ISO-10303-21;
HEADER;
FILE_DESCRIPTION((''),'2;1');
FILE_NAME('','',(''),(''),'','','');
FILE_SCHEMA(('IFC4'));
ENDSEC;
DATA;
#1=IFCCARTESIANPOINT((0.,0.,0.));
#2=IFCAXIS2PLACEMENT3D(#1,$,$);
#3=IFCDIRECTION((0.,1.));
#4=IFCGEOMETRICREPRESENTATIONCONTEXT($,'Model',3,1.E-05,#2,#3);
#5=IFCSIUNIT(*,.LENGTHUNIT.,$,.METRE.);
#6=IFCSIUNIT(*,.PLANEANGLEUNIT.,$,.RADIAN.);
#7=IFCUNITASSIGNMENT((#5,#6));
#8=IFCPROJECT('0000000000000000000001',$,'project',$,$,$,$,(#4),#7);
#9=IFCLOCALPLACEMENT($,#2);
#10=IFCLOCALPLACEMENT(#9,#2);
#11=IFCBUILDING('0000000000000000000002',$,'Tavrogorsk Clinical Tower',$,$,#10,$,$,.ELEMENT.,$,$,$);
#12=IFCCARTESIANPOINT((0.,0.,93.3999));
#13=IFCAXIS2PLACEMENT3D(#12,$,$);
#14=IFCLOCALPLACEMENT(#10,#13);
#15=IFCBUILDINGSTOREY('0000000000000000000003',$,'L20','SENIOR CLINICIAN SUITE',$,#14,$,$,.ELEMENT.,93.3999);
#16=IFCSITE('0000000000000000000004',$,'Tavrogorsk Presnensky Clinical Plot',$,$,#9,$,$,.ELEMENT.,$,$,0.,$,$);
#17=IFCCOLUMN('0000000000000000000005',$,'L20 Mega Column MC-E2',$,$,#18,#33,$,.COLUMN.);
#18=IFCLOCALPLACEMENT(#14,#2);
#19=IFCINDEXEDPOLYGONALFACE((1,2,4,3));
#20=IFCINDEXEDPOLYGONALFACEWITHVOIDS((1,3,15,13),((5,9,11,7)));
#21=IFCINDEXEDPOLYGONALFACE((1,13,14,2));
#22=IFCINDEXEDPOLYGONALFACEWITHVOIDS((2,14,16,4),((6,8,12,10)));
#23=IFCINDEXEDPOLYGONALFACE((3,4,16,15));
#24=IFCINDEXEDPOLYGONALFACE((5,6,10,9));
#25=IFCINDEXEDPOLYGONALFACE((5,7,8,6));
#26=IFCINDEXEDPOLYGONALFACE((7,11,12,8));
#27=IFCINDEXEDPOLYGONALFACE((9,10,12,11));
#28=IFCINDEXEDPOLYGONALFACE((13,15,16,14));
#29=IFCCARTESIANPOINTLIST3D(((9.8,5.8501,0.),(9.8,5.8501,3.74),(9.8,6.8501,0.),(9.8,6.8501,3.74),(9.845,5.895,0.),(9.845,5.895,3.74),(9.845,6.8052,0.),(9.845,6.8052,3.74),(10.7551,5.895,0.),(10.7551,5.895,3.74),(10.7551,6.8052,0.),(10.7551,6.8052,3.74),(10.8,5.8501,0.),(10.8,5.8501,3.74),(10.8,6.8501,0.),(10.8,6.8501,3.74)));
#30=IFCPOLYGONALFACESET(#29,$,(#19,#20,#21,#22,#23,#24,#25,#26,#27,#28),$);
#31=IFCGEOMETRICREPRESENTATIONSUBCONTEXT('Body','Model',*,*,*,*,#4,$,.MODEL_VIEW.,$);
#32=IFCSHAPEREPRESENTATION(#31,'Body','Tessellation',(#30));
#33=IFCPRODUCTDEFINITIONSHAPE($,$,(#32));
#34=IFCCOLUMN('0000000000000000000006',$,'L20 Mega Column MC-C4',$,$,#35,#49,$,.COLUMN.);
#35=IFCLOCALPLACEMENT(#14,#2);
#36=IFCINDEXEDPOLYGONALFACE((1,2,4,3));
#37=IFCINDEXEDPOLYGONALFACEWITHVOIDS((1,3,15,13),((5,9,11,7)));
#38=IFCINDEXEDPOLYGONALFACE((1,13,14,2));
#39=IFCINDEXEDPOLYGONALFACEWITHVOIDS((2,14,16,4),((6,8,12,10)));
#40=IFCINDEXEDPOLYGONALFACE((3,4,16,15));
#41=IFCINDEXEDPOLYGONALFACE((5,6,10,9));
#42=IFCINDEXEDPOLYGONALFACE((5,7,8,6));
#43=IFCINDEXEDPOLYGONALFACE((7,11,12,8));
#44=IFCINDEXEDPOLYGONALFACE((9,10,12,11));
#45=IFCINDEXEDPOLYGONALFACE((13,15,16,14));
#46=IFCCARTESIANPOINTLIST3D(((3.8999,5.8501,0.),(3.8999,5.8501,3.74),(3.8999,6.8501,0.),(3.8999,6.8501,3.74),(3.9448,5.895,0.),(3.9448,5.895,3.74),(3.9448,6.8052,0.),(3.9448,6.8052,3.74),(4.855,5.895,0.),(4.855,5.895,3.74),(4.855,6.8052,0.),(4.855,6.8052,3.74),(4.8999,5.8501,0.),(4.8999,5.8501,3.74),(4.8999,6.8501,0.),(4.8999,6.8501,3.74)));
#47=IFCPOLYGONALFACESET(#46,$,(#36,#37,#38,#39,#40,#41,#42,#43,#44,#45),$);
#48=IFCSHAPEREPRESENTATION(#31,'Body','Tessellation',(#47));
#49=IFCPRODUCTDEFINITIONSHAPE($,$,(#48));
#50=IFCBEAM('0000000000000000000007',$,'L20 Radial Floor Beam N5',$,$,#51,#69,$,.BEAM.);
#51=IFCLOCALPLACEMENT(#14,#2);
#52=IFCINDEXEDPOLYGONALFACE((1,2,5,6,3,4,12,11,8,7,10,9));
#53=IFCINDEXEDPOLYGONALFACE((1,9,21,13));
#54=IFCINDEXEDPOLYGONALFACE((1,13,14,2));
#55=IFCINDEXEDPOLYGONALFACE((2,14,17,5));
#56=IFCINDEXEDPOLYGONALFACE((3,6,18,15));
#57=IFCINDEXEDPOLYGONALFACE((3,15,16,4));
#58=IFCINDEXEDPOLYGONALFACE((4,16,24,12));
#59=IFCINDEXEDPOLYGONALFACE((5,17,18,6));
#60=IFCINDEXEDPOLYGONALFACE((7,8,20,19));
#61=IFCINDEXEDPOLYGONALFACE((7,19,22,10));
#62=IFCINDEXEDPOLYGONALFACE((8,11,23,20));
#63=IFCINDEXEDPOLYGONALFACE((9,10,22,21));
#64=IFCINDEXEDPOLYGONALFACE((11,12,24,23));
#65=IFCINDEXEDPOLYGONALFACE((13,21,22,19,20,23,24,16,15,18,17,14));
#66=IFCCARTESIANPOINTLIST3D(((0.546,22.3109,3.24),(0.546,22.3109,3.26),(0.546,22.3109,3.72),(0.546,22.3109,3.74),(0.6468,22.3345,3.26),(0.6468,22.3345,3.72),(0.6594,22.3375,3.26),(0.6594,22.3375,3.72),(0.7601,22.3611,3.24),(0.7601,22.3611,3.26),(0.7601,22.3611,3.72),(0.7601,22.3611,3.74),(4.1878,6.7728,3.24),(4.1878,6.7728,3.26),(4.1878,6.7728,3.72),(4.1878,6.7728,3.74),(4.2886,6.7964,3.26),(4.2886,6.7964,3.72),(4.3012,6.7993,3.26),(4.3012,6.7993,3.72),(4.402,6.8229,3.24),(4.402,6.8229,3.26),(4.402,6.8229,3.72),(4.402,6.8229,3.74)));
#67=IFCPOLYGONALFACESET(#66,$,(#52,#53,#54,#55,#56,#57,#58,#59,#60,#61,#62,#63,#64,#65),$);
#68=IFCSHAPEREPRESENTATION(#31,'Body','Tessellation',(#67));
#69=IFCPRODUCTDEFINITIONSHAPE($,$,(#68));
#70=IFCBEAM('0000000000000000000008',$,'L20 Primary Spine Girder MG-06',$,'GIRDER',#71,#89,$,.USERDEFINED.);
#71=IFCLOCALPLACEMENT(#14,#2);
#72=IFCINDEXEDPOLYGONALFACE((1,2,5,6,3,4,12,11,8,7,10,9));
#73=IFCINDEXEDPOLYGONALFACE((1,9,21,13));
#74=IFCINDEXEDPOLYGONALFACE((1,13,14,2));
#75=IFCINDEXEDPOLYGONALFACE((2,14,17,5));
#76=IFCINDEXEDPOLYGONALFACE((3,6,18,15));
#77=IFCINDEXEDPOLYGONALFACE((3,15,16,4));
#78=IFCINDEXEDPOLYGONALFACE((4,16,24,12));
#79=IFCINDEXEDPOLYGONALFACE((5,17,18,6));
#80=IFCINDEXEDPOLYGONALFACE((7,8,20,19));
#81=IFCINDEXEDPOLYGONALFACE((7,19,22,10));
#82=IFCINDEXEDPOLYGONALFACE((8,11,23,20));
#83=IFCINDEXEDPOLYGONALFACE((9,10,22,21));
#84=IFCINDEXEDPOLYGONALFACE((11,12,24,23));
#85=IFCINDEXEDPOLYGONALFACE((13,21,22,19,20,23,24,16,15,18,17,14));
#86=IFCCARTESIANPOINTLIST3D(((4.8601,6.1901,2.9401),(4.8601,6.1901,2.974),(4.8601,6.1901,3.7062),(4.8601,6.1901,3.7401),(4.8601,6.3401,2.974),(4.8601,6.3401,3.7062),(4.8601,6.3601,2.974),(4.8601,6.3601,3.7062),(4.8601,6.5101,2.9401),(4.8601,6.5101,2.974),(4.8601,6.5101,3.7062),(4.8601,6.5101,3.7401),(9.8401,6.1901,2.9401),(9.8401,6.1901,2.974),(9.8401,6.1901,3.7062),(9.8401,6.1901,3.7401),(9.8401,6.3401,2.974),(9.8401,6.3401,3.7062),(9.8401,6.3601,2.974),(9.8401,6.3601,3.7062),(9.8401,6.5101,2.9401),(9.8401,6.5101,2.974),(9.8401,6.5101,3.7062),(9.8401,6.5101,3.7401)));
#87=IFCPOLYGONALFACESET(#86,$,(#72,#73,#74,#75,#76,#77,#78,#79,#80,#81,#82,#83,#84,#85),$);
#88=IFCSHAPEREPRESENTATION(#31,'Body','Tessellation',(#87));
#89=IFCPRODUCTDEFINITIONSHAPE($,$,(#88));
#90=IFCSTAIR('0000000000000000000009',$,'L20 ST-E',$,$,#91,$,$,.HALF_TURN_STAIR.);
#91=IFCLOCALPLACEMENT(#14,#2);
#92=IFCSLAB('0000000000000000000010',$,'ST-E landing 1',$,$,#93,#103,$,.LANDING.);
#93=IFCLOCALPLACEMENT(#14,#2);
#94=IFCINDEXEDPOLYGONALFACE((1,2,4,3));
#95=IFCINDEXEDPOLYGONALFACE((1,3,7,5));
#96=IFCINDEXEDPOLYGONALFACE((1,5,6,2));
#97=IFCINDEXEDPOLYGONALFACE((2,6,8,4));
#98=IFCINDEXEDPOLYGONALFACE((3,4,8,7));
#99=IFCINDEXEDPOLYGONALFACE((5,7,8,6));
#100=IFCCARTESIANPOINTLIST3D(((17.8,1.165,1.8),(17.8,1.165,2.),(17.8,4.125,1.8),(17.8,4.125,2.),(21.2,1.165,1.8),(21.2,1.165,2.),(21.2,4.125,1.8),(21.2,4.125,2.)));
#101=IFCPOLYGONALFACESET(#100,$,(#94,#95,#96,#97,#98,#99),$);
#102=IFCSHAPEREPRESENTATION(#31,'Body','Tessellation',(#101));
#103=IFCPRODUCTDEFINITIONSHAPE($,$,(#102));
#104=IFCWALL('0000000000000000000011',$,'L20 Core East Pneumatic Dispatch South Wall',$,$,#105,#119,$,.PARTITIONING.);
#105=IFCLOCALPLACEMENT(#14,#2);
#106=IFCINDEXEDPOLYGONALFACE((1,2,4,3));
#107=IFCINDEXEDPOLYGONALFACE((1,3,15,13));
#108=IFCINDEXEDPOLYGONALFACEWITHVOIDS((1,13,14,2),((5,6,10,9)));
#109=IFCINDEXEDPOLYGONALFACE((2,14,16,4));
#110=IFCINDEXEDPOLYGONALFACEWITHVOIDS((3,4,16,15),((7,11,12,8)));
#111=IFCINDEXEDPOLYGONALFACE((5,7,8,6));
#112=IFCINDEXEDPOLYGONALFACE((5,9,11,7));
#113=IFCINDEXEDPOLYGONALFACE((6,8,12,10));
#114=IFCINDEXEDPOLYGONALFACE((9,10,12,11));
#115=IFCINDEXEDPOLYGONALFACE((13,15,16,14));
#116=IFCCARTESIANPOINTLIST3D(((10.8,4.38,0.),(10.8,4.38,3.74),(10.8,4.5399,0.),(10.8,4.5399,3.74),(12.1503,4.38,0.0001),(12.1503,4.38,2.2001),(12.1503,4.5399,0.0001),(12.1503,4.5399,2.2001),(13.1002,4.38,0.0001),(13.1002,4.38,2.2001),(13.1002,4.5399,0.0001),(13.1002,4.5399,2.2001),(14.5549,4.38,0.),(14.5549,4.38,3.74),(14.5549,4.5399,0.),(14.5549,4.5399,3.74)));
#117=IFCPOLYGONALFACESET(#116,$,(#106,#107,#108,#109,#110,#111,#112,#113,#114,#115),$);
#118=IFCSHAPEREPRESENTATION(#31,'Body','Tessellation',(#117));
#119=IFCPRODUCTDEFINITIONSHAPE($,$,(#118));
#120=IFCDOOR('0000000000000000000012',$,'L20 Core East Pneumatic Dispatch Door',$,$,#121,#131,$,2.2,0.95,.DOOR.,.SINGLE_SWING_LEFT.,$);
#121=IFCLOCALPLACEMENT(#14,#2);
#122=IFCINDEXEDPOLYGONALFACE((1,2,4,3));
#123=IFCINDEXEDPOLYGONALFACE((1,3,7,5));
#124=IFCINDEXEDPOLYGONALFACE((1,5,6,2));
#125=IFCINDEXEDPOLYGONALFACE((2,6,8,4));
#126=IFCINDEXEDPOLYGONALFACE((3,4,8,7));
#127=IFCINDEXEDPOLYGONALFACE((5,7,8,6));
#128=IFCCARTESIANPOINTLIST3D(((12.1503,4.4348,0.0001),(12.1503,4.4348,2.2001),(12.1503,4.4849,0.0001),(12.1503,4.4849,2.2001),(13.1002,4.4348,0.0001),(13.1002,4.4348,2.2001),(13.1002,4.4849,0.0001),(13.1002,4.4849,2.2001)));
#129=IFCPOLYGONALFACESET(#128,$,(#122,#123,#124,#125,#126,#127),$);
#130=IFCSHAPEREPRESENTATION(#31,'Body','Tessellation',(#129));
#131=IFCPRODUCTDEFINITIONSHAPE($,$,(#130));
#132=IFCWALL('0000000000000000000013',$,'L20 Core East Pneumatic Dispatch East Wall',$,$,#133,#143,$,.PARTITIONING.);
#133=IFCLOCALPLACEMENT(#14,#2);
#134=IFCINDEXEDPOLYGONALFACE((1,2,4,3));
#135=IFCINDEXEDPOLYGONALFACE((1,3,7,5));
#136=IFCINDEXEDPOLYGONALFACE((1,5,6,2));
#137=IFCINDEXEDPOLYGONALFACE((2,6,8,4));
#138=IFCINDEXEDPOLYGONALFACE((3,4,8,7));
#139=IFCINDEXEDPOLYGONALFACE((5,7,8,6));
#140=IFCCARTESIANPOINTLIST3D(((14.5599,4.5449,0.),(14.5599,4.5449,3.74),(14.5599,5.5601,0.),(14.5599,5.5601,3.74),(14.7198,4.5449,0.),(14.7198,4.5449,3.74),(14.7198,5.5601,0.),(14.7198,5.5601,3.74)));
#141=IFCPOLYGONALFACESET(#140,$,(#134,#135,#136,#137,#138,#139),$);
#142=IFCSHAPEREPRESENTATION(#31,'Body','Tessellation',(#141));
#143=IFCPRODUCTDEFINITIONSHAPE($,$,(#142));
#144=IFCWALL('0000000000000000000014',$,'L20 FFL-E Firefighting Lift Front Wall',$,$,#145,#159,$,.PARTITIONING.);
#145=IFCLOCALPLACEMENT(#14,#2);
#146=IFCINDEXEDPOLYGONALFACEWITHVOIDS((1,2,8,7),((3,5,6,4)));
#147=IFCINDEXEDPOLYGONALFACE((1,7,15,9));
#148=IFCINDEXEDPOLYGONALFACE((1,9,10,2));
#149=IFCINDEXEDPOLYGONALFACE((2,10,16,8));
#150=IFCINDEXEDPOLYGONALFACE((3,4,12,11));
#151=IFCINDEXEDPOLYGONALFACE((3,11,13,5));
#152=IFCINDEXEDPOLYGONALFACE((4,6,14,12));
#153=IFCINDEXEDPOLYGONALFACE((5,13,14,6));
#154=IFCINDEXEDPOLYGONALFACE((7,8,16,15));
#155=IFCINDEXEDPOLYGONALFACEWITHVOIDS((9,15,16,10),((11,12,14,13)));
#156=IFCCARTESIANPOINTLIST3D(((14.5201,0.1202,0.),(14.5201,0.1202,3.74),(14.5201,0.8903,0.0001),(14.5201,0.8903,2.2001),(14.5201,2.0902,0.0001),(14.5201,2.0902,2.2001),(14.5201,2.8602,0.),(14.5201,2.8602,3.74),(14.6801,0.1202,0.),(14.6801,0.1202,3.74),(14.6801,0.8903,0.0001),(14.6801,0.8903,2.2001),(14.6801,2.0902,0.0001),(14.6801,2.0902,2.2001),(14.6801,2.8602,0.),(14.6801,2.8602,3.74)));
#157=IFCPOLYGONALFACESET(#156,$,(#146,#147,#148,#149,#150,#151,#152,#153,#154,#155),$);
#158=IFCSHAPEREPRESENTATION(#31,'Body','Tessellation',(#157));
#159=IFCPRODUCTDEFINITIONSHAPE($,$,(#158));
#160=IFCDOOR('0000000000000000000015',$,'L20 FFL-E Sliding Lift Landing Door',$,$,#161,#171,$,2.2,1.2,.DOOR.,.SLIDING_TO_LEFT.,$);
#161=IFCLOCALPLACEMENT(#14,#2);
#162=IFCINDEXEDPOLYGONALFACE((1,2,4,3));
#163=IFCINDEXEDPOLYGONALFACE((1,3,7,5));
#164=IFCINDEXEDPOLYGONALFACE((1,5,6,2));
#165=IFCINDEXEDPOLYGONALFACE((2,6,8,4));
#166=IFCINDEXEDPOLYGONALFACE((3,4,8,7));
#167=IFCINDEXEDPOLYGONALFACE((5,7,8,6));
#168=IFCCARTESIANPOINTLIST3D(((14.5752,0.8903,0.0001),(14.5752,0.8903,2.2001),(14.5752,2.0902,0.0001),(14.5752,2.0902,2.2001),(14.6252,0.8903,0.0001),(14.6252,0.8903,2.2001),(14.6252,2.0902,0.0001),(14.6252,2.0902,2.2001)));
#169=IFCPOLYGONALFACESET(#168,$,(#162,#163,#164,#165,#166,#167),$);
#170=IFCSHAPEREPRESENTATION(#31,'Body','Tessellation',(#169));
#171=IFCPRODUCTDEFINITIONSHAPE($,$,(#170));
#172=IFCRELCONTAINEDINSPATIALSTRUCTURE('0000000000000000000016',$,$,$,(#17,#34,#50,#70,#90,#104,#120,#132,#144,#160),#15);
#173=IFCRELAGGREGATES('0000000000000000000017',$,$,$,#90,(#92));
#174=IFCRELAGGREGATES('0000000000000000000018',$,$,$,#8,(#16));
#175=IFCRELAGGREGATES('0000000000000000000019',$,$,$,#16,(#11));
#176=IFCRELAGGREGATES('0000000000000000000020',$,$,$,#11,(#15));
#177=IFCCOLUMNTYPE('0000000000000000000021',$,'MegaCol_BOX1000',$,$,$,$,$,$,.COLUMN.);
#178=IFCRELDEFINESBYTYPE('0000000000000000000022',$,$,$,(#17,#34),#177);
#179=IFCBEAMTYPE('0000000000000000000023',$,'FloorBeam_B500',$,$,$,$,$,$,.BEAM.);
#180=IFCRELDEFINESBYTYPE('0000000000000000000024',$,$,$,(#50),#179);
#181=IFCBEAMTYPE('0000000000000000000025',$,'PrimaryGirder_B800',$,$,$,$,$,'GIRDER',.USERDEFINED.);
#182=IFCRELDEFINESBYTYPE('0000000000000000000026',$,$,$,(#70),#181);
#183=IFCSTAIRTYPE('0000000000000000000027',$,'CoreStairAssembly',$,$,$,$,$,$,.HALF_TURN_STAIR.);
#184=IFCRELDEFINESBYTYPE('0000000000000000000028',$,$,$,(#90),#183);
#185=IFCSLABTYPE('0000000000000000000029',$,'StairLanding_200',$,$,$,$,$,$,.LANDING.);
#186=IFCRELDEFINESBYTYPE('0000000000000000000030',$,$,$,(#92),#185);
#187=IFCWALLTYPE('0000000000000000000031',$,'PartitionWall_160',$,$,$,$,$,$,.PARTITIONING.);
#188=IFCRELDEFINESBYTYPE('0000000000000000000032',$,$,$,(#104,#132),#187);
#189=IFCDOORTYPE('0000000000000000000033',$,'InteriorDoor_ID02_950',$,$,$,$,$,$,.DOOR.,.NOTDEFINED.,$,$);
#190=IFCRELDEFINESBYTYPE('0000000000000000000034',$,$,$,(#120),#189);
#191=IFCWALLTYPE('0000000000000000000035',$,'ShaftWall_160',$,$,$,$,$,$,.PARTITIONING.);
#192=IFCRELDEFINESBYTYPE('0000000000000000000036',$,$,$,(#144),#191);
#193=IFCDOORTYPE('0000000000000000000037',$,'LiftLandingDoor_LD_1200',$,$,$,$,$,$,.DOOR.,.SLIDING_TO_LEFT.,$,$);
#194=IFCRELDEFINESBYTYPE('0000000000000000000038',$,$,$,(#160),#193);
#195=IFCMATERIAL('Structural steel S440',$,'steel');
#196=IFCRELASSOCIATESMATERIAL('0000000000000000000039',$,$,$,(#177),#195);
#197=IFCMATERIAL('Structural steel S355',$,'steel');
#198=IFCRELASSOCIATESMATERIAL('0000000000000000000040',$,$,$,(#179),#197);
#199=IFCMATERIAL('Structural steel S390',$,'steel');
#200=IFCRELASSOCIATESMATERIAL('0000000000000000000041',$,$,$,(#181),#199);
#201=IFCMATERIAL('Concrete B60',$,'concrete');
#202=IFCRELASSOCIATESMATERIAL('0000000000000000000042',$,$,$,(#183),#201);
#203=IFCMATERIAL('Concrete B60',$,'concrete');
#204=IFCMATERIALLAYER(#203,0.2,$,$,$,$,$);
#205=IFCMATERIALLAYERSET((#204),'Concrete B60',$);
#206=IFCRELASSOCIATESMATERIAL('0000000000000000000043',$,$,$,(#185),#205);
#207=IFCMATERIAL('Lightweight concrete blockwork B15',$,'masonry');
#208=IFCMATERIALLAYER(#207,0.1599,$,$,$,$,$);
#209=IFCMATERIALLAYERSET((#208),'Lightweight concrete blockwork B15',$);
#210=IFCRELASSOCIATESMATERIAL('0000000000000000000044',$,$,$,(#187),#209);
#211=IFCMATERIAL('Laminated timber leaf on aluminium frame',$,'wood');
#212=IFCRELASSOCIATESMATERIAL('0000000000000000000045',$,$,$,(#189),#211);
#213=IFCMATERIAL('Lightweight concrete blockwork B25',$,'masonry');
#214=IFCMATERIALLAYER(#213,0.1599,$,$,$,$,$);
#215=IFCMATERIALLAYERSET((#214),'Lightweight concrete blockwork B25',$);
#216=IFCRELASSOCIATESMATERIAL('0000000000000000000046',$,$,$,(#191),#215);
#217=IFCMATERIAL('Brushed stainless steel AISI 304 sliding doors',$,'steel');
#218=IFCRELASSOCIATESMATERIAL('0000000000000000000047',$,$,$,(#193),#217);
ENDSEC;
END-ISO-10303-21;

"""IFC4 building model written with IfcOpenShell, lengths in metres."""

from ifc_helpers import new_model, si_unit, direction, frame, frame_2d, origin, origin_2d, place, context, subcontext, project, spatial, polyline, rectangle, hollow_rectangle, i_section, outline, extrude, material, layer, layer_set, material_profile, profile_set, type_object, element, fill, aggregate, save


model = new_model("IFC4")

# Units and contexts
model_context = context("Model", 3, precision=1e-05, world=origin(), true_north=direction((0.0, 1.0)))
body_context = subcontext(model_context, "Body", "Model", "MODEL_VIEW")
ifc_project = project(units=[si_unit("LENGTHUNIT", "METRE"), si_unit("PLANEANGLEUNIT", "RADIAN")], contexts=[model_context])

# Site, building, storey
site_placement = place(None, origin())
site = spatial("IfcSite", under=ifc_project, at=site_placement, Name="Tavrogorsk Presnensky Clinical Plot", CompositionType="ELEMENT", RefElevation=0.0)
building_placement = place(site_placement, origin())
building = spatial("IfcBuilding", under=site, at=building_placement, Name="Tavrogorsk Clinical Tower", CompositionType="ELEMENT")
storey_placement = place(building_placement, frame((0.0, 0.0, 93.3999)))
storey = spatial("IfcBuildingStorey", under=building, at=storey_placement, Name="L20", Description="SENIOR CLINICIAN SUITE", CompositionType="ELEMENT", Elevation=93.3999)

# Columns
ifc_material_1 = material(Name="Structural steel S440", Category="steel")
ifc_material_profile_1 = material_profile(ifc_material_1, hollow_rectangle(XDim=1.0, YDim=1.0, WallThickness=0.0449, at=origin_2d()), Name="BOX-1000x1000x45")
ifc_profile_set_1 = profile_set([ifc_material_profile_1], Name="Structural steel S440")
column_type = type_object("IfcColumnType", Name="MegaCol_BOX1000", PredefinedType="COLUMN", material=ifc_profile_set_1)
for number, where, z_axis, x_axis, name in (
    (1, (10.3, 6.3501, 0.0), (0.0, 0.0, 1.0), (1.0, 0.0, 0.0), "L20 Mega Column MC-E2"),
    (2, (4.3999, 6.3501, 0.0), (0.0, 0.0, 1.0), (1.0, 0.0, 0.0), "L20 Mega Column MC-C4"),
):
    element("IfcColumn", number, at=place(storey_placement, frame(where, z_axis=z_axis, x_axis=x_axis)), inside=storey, type_object=column_type, Name=name, PredefinedType="COLUMN", context=body_context, shape_type="SweptSolid", body=[
        extrude(hollow_rectangle(XDim=1.0, YDim=1.0, WallThickness=0.0449, at=origin_2d()), origin(), (0.0, 0.0, 1.0), 3.74),
    ])

# Beams
ifc_material_2 = material(Name="Structural steel S355", Category="steel")
ifc_material_profile_2 = material_profile(ifc_material_2, i_section(OverallWidth=0.22, OverallDepth=0.5, WebThickness=0.0129, FlangeThickness=0.02, at=origin_2d()), Name="B-500x220x13x20")
ifc_profile_set_2 = profile_set([ifc_material_profile_2], Name="Structural steel S355")
beam_type_1 = type_object("IfcBeamType", Name="FloorBeam_B500", PredefinedType="BEAM", material=ifc_profile_set_2)
beam_1_placement = place(storey_placement, frame((4.2949, 6.7979, 3.49), z_axis=(-0.228198, 0.973615, 0.0), x_axis=(-0.973615, -0.228198, 0.0)))
element("IfcBeam", 3, at=beam_1_placement, inside=storey, type_object=beam_type_1, Name="L20 Radial Floor Beam N5", PredefinedType="BEAM", context=body_context, shape_type="SweptSolid", body=[
    extrude(i_section(OverallWidth=0.22, OverallDepth=0.5, WebThickness=0.0129, FlangeThickness=0.02, at=origin_2d()), origin(), (0.0, 0.0, 1.0), 15.9592),
])
ifc_material_3 = material(Name="Structural steel S390", Category="steel")
ifc_material_profile_3 = material_profile(ifc_material_3, i_section(OverallWidth=0.3201, OverallDepth=0.8, WebThickness=0.02, FlangeThickness=0.0339, at=origin_2d()), Name="B-800x320x20x34")
ifc_profile_set_3 = profile_set([ifc_material_profile_3], Name="Structural steel S390")
beam_type_2 = type_object("IfcBeamType", Name="PrimaryGirder_B800", ElementType="GIRDER", PredefinedType="USERDEFINED", material=ifc_profile_set_3)
beam_2_placement = place(storey_placement, frame((4.8601, 6.3501, 3.3401), z_axis=(1.0, 0.0, 0.0), x_axis=(0.0, 1.0, 0.0)))
element("IfcBeam", 4, at=beam_2_placement, inside=storey, type_object=beam_type_2, Name="L20 Primary Spine Girder MG-06", ObjectType="GIRDER", PredefinedType="USERDEFINED", context=body_context, shape_type="SweptSolid", body=[
    extrude(i_section(OverallWidth=0.3201, OverallDepth=0.8, WebThickness=0.02, FlangeThickness=0.0339, at=origin_2d()), origin(), (0.0, 0.0, 1.0), 4.98),
])

# Stair, slab
ifc_material_4 = material(Name="Concrete B60", Category="concrete")
stair_type = type_object("IfcStairType", Name="CoreStairAssembly", PredefinedType="HALF_TURN_STAIR", material=ifc_material_4)
stair_placement = place(storey_placement, origin())
stair = element("IfcStair", 5, at=stair_placement, inside=storey, type_object=stair_type, Name="L20 ST-E", PredefinedType="HALF_TURN_STAIR")
ifc_material_5 = material(Name="Concrete B60", Category="concrete")
ifc_layer_1 = layer(ifc_material_5, 0.2)
ifc_layer_set_1 = layer_set([ifc_layer_1], Name="Concrete B60")
slab_type = type_object("IfcSlabType", Name="StairLanding_200", PredefinedType="LANDING", material=ifc_layer_set_1)
slab_placement = place(storey_placement, frame((0.0, 0.0, 1.8)))
slab = element("IfcSlab", 6, at=slab_placement, type_object=slab_type, Name="ST-E landing 1", PredefinedType="LANDING", context=body_context, shape_type="SweptSolid", body=[
    extrude(outline(polyline([(21.2, 1.165), (21.2, 4.125), (17.8, 4.125), (17.8, 1.165), (21.2, 1.165)])), origin(), (0.0, 0.0, 1.0), 0.2),
])
aggregate(stair, [slab])

# Wall, opening, door
ifc_material_6 = material(Name="Lightweight concrete blockwork B15", Category="masonry")
ifc_layer_2 = layer(ifc_material_6, 0.1599)
ifc_layer_set_2 = layer_set([ifc_layer_2], Name="Lightweight concrete blockwork B15")
wall_type_1 = type_object("IfcWallType", Name="PartitionWall_160", PredefinedType="PARTITIONING", material=ifc_layer_set_2)
wall_1_placement = place(storey_placement, frame((10.8, 4.46, 0.0), z_axis=(0.0, 0.0, 1.0), x_axis=(1.0, 0.0, 0.0)))
wall_1 = element("IfcWall", 7, at=wall_1_placement, inside=storey, type_object=wall_type_1, Name="L20 Core East Pneumatic Dispatch South Wall", PredefinedType="PARTITIONING", context=body_context, shape_type="SweptSolid", body=[
    extrude(rectangle(XDim=3.7549, YDim=0.1599, at=frame_2d((1.8774, 0.0))), origin(), (0.0, 0.0, 1.0), 3.74),
])
opening_1_placement = place(wall_1_placement, frame((1.3501, 0.0, 0.0)))
opening_1 = element("IfcOpeningElement", 8, at=opening_1_placement, cuts=wall_1, PredefinedType="OPENING", context=body_context, shape_type="SweptSolid", body=[
    extrude(rectangle(XDim=0.95, YDim=2.2, at=frame_2d((0.4751, 1.1001))), frame((0.0, 0.0898, 0.0), z_axis=(0.0, -1.0, 0.0), x_axis=(1.0, 0.0, 0.0)), (0.0, 0.0, 1.0), 0.1799),
])
ifc_material_7 = material(Name="Laminated timber leaf on aluminium frame", Category="wood")
door_type_1 = type_object("IfcDoorType", Name="InteriorDoor_ID02_950", OperationType="NOTDEFINED", PredefinedType="DOOR", material=ifc_material_7)
door_1_placement = place(opening_1_placement, origin())
door_1 = element("IfcDoor", 9, at=door_1_placement, inside=storey, type_object=door_type_1, Name="L20 Core East Pneumatic Dispatch Door", OperationType="SINGLE_SWING_LEFT", OverallHeight=2.2, OverallWidth=0.95, PredefinedType="DOOR", context=body_context, shape_type="SweptSolid", body=[
    extrude(rectangle(XDim=0.95, YDim=2.2, at=frame_2d((0.4751, 1.1001))), frame((0.0, 0.0249, 0.0), z_axis=(0.0, -1.0, 0.0), x_axis=(1.0, 0.0, 0.0)), (0.0, 0.0, 1.0), 0.05),
])
fill(opening_1, door_1)

# Wall
wall_2_placement = place(storey_placement, frame((14.6399, 4.5449, 0.0), z_axis=(0.0, 0.0, 1.0), x_axis=(0.0, 1.0, 0.0)))
element("IfcWall", 10, at=wall_2_placement, inside=storey, type_object=wall_type_1, Name="L20 Core East Pneumatic Dispatch East Wall", PredefinedType="PARTITIONING", context=body_context, shape_type="SweptSolid", body=[
    extrude(rectangle(XDim=1.0151, YDim=0.1599, at=frame_2d((0.5076, 0.0))), origin(), (0.0, 0.0, 1.0), 3.74),
])

# Wall, opening, door
ifc_material_8 = material(Name="Lightweight concrete blockwork B25", Category="masonry")
ifc_layer_3 = layer(ifc_material_8, 0.1599)
ifc_layer_set_3 = layer_set([ifc_layer_3], Name="Lightweight concrete blockwork B25")
wall_type_2 = type_object("IfcWallType", Name="ShaftWall_160", PredefinedType="PARTITIONING", material=ifc_layer_set_3)
wall_3_placement = place(storey_placement, frame((14.6001, 0.1201, 0.0), z_axis=(0.0, 0.0, 1.0), x_axis=(0.0, 1.0, 0.0)))
wall_3 = element("IfcWall", 11, at=wall_3_placement, inside=storey, type_object=wall_type_2, Name="L20 FFL-E Firefighting Lift Front Wall", PredefinedType="PARTITIONING", context=body_context, shape_type="SweptSolid", body=[
    extrude(rectangle(XDim=2.74, YDim=0.1599, at=frame_2d((1.3701, 0.0))), origin(), (0.0, 0.0, 1.0), 3.74),
])
opening_2_placement = place(wall_3_placement, frame((0.77, 0.0, 0.0)))
opening_2 = element("IfcOpeningElement", 12, at=opening_2_placement, cuts=wall_3, PredefinedType="OPENING", context=body_context, shape_type="SweptSolid", body=[
    extrude(rectangle(XDim=1.2, YDim=2.2, at=frame_2d((0.6001, 1.1001))), frame((0.0, 0.0898, 0.0), z_axis=(0.0, -1.0, 0.0), x_axis=(1.0, 0.0, 0.0)), (0.0, 0.0, 1.0), 0.1799),
])
ifc_material_9 = material(Name="Brushed stainless steel AISI 304 sliding doors", Category="steel")
door_type_2 = type_object("IfcDoorType", Name="LiftLandingDoor_LD_1200", OperationType="SLIDING_TO_LEFT", PredefinedType="DOOR", material=ifc_material_9)
door_2_placement = place(opening_2_placement, origin())
door_2 = element("IfcDoor", 13, at=door_2_placement, inside=storey, type_object=door_type_2, Name="L20 FFL-E Sliding Lift Landing Door", OperationType="SLIDING_TO_LEFT", OverallHeight=2.2, OverallWidth=1.2, PredefinedType="DOOR", context=body_context, shape_type="SweptSolid", body=[
    extrude(rectangle(XDim=1.2, YDim=2.2, at=frame_2d((0.6001, 1.1001))), frame((0.0, 0.0249, 0.0), z_axis=(0.0, -1.0, 0.0), x_axis=(1.0, 0.0, 0.0)), (0.0, 0.0, 1.0), 0.05),
])
fill(opening_2, door_2)

save(model, "model.ifc")
